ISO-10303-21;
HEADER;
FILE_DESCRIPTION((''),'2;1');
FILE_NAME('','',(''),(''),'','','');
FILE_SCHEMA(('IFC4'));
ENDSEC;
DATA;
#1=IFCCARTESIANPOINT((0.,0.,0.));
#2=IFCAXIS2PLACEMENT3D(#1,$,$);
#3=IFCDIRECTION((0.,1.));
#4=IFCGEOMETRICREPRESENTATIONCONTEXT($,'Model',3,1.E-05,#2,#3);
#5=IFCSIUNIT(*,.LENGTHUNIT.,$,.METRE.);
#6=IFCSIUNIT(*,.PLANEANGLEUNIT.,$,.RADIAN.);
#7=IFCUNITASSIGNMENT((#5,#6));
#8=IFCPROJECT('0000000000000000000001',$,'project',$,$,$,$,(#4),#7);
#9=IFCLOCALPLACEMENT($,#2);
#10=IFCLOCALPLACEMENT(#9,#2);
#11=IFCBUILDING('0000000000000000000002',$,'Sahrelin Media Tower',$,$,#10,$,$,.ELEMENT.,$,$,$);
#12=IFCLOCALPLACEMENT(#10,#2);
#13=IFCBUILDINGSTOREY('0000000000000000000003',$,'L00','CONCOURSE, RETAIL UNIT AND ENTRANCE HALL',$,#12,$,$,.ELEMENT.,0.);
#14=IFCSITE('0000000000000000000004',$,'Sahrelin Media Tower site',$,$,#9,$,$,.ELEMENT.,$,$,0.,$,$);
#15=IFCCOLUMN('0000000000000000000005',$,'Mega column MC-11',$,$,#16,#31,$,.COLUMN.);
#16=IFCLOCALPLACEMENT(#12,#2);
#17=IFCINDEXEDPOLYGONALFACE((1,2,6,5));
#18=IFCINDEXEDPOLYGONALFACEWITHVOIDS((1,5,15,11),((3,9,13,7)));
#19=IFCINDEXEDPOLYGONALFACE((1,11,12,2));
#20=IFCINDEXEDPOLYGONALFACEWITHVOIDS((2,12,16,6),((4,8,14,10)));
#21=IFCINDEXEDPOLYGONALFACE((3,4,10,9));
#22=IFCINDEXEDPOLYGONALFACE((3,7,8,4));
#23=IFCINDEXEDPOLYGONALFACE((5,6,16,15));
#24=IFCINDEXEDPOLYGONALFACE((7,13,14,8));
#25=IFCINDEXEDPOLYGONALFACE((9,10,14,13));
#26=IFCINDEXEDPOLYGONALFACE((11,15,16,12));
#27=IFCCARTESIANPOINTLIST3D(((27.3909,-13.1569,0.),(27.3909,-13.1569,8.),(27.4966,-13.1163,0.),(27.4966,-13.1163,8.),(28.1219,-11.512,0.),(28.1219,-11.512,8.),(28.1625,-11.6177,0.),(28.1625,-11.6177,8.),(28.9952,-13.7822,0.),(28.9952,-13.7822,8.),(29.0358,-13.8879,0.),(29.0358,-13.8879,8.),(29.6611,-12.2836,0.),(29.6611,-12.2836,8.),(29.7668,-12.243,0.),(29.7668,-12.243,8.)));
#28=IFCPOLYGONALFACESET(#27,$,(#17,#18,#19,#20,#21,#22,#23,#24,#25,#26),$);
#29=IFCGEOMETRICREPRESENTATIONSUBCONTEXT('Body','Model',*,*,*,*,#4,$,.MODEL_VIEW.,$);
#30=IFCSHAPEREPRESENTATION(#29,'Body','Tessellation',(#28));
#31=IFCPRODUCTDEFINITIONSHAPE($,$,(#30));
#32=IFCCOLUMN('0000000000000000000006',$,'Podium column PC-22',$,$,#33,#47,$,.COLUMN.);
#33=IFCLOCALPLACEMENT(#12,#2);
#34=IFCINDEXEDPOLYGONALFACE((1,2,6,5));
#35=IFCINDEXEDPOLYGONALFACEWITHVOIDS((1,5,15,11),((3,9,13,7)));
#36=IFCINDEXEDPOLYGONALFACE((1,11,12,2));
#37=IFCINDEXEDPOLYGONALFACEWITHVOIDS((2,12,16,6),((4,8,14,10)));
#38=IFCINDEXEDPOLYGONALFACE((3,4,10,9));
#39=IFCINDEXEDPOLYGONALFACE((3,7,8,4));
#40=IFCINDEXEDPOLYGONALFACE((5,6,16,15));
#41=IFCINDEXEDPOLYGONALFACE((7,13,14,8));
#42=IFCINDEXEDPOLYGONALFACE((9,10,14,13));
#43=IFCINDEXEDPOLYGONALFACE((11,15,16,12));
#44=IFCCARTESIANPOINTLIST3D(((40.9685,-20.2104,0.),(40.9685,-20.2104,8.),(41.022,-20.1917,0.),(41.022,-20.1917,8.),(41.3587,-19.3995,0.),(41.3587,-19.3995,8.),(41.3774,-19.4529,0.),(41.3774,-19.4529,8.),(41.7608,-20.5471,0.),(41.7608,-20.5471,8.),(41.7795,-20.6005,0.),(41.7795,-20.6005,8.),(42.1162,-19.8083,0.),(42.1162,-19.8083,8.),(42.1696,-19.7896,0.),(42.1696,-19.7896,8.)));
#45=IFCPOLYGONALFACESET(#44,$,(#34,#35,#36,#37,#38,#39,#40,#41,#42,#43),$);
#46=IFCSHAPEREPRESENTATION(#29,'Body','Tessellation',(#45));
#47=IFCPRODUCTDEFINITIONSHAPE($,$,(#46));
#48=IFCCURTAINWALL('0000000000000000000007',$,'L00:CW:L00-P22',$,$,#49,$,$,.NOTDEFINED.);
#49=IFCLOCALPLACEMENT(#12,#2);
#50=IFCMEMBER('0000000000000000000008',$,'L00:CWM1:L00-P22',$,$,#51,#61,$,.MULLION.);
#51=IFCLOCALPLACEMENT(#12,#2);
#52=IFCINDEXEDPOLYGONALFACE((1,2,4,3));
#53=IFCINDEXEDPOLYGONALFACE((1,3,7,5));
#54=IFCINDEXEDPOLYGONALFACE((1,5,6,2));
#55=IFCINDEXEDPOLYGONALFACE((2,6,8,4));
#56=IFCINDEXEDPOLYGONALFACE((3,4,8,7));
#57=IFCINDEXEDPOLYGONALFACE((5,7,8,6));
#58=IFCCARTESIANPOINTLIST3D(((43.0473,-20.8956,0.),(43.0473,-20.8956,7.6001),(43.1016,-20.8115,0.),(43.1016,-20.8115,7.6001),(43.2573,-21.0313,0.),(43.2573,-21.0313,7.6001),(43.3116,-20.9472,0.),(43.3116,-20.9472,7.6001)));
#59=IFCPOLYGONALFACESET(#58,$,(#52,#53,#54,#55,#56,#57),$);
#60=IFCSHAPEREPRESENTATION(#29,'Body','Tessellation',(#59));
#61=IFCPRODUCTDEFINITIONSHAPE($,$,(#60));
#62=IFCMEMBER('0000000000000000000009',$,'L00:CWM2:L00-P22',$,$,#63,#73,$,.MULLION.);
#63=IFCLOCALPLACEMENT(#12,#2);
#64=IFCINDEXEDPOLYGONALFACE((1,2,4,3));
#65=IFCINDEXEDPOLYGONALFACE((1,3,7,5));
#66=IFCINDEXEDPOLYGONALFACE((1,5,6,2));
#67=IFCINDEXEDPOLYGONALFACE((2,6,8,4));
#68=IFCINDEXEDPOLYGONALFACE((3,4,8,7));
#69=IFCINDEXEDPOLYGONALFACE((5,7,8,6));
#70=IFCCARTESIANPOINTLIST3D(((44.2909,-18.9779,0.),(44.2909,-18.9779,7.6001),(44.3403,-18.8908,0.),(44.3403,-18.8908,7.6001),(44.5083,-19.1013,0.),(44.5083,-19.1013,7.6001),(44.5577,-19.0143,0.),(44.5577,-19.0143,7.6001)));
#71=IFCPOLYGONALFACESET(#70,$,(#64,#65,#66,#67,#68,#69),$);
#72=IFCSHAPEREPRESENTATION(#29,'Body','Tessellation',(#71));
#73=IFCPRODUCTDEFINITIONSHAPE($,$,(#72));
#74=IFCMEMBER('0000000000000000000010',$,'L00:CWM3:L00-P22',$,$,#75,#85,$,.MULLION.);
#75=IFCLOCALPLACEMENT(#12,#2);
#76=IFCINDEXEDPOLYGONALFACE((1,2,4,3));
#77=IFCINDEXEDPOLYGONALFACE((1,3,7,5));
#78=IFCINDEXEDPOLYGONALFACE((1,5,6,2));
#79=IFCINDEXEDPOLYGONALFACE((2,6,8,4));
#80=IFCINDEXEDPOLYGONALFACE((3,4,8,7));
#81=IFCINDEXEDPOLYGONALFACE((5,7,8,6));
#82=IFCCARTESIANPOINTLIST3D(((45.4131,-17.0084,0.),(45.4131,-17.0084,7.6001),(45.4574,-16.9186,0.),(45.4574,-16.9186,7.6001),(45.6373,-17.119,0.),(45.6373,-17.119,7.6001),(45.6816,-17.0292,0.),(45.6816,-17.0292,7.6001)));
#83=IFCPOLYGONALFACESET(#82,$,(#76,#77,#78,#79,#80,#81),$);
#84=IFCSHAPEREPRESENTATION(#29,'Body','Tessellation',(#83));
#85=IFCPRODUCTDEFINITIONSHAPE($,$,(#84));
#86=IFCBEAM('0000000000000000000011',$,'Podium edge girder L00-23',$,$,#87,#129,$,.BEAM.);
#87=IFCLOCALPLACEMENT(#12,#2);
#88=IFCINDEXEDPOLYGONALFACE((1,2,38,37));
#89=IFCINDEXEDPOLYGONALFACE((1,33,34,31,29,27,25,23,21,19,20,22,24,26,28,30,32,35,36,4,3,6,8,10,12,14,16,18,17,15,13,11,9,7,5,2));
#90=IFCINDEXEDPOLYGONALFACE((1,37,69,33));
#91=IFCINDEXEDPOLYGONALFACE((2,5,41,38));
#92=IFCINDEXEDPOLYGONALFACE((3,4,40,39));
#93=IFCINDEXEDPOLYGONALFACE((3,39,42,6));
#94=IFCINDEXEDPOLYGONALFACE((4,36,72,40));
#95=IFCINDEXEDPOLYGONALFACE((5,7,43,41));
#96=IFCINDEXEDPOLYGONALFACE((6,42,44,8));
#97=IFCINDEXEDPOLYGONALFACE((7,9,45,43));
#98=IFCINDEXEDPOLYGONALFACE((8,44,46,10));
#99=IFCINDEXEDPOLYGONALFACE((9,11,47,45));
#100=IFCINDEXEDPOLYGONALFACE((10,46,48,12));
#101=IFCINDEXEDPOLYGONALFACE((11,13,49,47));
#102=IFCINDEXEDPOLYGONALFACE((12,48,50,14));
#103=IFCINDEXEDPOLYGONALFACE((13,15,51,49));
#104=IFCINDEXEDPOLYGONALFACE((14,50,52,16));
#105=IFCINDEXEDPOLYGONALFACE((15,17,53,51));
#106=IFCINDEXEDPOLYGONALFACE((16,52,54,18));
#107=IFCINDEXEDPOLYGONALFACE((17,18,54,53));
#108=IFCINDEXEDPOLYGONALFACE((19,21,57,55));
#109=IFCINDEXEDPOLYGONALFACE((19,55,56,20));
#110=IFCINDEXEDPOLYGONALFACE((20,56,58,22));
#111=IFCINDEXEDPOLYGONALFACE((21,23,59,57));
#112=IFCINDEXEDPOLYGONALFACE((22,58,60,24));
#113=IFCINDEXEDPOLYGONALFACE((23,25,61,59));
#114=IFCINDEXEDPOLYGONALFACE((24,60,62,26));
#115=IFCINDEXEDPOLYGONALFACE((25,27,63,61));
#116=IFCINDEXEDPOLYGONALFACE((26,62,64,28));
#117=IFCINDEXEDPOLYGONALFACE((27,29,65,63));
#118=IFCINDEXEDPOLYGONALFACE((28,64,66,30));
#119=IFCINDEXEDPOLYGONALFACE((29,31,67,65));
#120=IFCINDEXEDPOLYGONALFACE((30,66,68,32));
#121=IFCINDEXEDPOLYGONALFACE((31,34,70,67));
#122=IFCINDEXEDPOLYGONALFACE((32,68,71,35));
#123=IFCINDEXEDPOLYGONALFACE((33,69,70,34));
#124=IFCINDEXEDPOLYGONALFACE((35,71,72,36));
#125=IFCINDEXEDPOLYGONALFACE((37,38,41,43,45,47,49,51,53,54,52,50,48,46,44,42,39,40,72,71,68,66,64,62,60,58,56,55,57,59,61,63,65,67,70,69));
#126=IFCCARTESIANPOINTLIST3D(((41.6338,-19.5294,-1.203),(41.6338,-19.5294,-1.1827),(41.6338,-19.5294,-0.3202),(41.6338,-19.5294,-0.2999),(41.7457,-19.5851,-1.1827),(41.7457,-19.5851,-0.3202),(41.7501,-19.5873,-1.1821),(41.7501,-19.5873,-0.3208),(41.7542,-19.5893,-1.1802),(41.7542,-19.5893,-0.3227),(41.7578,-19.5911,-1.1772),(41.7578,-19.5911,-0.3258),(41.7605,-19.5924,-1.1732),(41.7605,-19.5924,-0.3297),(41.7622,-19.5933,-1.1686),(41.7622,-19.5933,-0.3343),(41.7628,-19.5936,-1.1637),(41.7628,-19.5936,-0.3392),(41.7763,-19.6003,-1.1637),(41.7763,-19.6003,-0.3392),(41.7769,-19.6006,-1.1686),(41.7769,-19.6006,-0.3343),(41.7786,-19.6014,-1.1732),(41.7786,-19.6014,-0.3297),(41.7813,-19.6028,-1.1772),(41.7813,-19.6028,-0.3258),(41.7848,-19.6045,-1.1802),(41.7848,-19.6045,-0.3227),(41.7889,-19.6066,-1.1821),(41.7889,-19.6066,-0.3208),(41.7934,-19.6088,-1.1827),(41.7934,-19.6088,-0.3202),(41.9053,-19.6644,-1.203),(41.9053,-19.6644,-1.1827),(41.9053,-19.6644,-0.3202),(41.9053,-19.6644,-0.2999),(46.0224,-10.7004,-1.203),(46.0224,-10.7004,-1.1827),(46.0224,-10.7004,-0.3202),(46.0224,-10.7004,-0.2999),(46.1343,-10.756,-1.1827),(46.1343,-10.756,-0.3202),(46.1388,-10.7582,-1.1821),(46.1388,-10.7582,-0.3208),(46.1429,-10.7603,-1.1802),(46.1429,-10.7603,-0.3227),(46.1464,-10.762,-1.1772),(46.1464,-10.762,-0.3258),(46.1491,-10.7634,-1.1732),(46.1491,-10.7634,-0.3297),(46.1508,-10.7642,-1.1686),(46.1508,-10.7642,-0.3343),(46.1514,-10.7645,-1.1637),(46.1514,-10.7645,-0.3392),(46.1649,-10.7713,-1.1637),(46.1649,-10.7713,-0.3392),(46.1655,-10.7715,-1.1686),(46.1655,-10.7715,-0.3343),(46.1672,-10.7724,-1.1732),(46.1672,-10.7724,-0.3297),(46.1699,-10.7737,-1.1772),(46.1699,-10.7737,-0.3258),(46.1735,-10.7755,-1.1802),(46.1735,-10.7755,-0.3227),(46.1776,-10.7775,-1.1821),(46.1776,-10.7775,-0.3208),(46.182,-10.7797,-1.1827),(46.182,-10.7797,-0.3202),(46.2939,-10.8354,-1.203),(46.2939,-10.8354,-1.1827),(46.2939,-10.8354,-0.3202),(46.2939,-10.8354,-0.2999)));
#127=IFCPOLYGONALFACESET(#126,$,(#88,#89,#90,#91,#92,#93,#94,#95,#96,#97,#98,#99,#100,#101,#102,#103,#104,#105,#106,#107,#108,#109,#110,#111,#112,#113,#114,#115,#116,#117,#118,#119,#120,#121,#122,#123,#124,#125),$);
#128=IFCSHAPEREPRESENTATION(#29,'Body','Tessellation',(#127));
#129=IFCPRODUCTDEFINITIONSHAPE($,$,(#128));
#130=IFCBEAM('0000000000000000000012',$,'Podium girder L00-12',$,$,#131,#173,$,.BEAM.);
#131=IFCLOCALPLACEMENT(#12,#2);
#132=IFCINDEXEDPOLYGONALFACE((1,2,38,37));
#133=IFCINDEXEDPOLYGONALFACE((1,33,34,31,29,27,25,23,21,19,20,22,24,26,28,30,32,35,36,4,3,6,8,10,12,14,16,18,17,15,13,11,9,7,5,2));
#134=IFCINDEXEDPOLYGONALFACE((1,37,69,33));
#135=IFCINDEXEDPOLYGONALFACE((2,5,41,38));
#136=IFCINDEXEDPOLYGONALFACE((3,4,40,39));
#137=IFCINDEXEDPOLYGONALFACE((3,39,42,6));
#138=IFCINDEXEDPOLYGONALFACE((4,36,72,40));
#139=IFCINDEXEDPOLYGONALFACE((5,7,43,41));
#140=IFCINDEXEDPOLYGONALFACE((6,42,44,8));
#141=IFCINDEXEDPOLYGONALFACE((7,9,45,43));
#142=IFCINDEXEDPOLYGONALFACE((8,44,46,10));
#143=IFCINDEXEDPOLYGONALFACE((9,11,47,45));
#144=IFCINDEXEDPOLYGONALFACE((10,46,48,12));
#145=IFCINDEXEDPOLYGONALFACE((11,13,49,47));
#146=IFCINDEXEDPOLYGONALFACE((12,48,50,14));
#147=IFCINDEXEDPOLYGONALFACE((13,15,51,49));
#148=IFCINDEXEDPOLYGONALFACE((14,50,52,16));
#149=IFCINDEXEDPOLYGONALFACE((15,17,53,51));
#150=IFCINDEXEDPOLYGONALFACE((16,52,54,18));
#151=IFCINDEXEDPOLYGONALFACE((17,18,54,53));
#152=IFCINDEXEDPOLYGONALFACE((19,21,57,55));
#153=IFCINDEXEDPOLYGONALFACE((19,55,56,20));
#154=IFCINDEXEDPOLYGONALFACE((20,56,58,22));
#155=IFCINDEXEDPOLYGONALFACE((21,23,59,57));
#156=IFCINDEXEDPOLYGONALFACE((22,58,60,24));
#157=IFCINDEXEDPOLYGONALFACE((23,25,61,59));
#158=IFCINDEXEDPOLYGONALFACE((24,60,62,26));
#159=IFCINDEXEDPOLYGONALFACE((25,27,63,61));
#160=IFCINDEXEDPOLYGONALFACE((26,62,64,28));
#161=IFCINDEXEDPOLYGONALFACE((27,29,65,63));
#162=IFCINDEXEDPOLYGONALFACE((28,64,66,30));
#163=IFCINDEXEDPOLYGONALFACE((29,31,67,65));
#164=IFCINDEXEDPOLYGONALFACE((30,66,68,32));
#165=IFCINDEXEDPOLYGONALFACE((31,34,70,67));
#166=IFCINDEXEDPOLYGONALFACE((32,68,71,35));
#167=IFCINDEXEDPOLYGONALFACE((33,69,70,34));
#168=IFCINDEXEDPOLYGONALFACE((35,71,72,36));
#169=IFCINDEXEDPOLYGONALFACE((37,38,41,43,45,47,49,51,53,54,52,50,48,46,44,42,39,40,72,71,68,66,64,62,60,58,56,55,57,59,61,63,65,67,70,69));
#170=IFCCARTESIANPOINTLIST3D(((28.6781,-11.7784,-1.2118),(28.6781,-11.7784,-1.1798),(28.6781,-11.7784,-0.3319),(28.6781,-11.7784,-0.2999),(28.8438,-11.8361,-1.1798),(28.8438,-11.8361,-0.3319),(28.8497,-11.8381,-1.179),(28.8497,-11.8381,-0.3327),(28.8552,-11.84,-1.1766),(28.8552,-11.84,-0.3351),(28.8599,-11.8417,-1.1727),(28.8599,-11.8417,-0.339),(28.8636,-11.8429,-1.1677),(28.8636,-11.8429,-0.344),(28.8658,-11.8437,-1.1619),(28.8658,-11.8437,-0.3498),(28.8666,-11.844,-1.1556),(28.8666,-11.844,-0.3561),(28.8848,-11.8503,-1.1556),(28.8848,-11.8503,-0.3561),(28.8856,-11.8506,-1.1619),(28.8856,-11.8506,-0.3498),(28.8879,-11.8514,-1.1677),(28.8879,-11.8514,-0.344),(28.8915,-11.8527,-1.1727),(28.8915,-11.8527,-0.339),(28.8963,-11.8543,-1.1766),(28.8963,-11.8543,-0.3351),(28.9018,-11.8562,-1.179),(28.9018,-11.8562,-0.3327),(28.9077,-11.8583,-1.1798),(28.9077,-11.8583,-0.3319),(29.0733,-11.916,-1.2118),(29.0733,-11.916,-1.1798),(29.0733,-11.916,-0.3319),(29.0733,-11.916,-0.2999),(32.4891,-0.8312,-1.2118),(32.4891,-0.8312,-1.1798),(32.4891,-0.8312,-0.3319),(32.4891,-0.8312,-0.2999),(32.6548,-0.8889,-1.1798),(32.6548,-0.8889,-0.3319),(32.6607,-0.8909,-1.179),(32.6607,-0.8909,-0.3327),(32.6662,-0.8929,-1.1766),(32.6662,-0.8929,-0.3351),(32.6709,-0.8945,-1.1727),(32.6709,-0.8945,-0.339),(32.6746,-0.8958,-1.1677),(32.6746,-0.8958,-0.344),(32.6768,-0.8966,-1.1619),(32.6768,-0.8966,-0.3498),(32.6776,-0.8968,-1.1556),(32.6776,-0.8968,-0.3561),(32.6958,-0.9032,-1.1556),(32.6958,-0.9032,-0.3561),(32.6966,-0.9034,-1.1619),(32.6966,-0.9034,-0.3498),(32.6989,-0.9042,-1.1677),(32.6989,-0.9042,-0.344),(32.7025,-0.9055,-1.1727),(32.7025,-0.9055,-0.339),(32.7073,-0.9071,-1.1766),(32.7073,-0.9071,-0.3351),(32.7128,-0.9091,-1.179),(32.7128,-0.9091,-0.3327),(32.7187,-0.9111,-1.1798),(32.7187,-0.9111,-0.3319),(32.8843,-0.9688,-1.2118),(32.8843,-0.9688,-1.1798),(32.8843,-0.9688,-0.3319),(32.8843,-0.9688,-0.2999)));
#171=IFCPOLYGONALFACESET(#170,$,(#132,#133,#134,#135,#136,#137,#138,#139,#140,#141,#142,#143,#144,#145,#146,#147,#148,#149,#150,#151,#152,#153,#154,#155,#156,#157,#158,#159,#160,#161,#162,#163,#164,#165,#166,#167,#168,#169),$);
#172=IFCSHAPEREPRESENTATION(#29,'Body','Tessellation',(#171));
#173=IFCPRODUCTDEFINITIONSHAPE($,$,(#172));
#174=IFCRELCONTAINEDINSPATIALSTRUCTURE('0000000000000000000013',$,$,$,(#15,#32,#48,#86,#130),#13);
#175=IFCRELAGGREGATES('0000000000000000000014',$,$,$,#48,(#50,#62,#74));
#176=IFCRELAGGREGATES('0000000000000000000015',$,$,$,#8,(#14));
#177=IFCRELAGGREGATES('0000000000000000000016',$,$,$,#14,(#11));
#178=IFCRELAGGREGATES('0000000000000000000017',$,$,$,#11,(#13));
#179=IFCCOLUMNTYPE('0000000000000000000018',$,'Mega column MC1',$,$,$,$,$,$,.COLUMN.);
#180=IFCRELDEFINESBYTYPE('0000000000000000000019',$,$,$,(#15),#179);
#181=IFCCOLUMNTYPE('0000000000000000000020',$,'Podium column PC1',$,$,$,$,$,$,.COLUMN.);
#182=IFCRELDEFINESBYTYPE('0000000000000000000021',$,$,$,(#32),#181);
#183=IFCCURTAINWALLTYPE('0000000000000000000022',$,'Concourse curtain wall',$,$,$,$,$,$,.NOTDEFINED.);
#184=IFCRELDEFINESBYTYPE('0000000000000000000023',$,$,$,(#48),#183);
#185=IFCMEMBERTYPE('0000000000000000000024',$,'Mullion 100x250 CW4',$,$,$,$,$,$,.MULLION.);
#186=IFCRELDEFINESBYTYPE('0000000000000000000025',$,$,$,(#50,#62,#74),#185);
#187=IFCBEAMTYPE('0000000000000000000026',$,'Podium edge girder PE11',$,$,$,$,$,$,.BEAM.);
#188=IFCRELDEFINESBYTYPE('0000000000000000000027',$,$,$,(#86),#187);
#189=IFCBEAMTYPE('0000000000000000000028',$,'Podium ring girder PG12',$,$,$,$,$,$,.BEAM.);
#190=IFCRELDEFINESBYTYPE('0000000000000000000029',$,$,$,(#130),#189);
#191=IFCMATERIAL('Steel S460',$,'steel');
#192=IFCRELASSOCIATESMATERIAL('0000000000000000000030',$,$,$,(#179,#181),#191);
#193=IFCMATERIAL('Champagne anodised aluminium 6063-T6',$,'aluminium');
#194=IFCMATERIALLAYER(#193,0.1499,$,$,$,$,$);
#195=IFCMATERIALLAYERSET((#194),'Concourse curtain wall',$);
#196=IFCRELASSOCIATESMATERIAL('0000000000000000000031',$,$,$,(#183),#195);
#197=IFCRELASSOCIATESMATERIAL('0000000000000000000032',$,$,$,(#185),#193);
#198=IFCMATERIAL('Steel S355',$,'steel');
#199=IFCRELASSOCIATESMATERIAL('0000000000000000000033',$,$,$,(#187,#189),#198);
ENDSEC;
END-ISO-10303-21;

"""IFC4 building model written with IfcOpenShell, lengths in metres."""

from ifc_helpers import new_model, si_unit, direction, frame, origin, origin_2d, place, context, subcontext, project, spatial, rectangle, hollow_rectangle, i_section, extrude, material, layer, layer_set, material_profile, profile_set, type_object, element, aggregate, save


model = new_model("IFC4")

# Units and contexts
model_context = context("Model", 3, precision=1e-05, world=origin(), true_north=direction((0.0, 1.0)))
body_context = subcontext(model_context, "Body", "Model", "MODEL_VIEW")
ifc_project = project(units=[si_unit("LENGTHUNIT", "METRE"), si_unit("PLANEANGLEUNIT", "RADIAN")], contexts=[model_context])

# Site, building, storey
site_placement = place(None, origin())
site = spatial("IfcSite", under=ifc_project, at=site_placement, Name="Sahrelin Media Tower site", CompositionType="ELEMENT", RefElevation=0.0)
building_placement = place(site_placement, origin())
building = spatial("IfcBuilding", under=site, at=building_placement, Name="Sahrelin Media Tower", CompositionType="ELEMENT")
storey_placement = place(building_placement, origin())
storey = spatial("IfcBuildingStorey", under=building, at=storey_placement, Name="L00", Description="CONCOURSE, RETAIL UNIT AND ENTRANCE HALL", CompositionType="ELEMENT", Elevation=0.0)

# Columns
ifc_material_1 = material(Name="Steel S460", Category="steel")
ifc_material_profile_1 = material_profile(ifc_material_1, hollow_rectangle(XDim=1.8, YDim=1.8, WallThickness=0.0801, at=origin_2d()), Name="Mega column MC1")
ifc_profile_set_1 = profile_set([ifc_material_profile_1], Name="Steel S460")
column_type_1 = type_object("IfcColumnType", Name="Mega column MC1", PredefinedType="COLUMN", material=ifc_profile_set_1)
column_1_placement = place(storey_placement, frame((28.5789, -12.7, 0.0), z_axis=(0.0, 0.0, 1.0), x_axis=(0.913831, -0.406094, 0.0)))
element("IfcColumn", 1, at=column_1_placement, inside=storey, type_object=column_type_1, Name="Mega column MC-11", PredefinedType="COLUMN", context=body_context, shape_type="SweptSolid", body=[
    extrude(hollow_rectangle(XDim=1.8, YDim=1.8, WallThickness=0.0801, at=origin_2d()), origin(), (0.0, 0.0, 1.0), 8.0),
])
ifc_material_profile_2 = material_profile(ifc_material_1, hollow_rectangle(XDim=0.8999, YDim=0.8999, WallThickness=0.04, at=origin_2d()), Name="Podium column PC1")
ifc_profile_set_2 = profile_set([ifc_material_profile_2], Name="Steel S460")
column_type_2 = type_object("IfcColumnType", Name="Podium column PC1", PredefinedType="COLUMN", material=ifc_profile_set_2)
column_2_placement = place(storey_placement, frame((41.5691, -20.0, 0.0), z_axis=(0.0, 0.0, 1.0), x_axis=(0.901127, -0.433555, 0.0)))
element("IfcColumn", 2, at=column_2_placement, inside=storey, type_object=column_type_2, Name="Podium column PC-22", PredefinedType="COLUMN", context=body_context, shape_type="SweptSolid", body=[
    extrude(hollow_rectangle(XDim=0.8999, YDim=0.8999, WallThickness=0.04, at=origin_2d()), origin(), (0.0, 0.0, 1.0), 8.0),
])

# Curtain wall, members
ifc_material_2 = material(Name="Champagne anodised aluminium 6063-T6", Category="aluminium")
ifc_layer_1 = layer(ifc_material_2, 0.1499)
ifc_layer_set_1 = layer_set([ifc_layer_1], Name="Concourse curtain wall")
curtain_wall_type = type_object("IfcCurtainWallType", Name="Concourse curtain wall", PredefinedType="NOTDEFINED", material=ifc_layer_set_1)
curtain_wall_placement = place(storey_placement, frame((43.3013, -21.0, 0.0), z_axis=(0.0, 0.0, 1.0), x_axis=(1.0, 0.0, 0.0)))
curtain_wall = element("IfcCurtainWall", 3, at=curtain_wall_placement, inside=storey, type_object=curtain_wall_type, Name="L00:CW:L00-P22", PredefinedType="NOTDEFINED")
ifc_material_profile_3 = material_profile(ifc_material_2, rectangle(XDim=0.1001, YDim=0.25, at=origin_2d()), Name="Mullion 100x250")
ifc_profile_set_3 = profile_set([ifc_material_profile_3], Name="Champagne anodised aluminium 6063-T6")
member_type_1 = type_object("IfcMemberType", Name="Mullion 100x250 CW4", PredefinedType="MULLION", material=ifc_profile_set_3)
member_1_placement = place(storey_placement, frame((43.1794, -20.9214, 0.0), z_axis=(0.0, 0.0, 1.0), x_axis=(0.54283, 0.839843, 0.0)))
member_1 = element("IfcMember", 4, at=member_1_placement, type_object=member_type_1, Name="L00:CWM1:L00-P22", PredefinedType="MULLION", context=body_context, shape_type="SweptSolid", body=[
    extrude(rectangle(XDim=0.1001, YDim=0.25, at=origin_2d()), origin(), (0.0, 0.0, 1.0), 7.6001),
])
member_2_placement = place(storey_placement, frame((44.4243, -18.9961, 0.0), z_axis=(0.0, 0.0, 1.0), x_axis=(0.493787, 0.869583, 0.0)))
member_2 = element("IfcMember", 5, at=member_2_placement, type_object=member_type_1, Name="L00:CWM2:L00-P22", PredefinedType="MULLION", context=body_context, shape_type="SweptSolid", body=[
    extrude(rectangle(XDim=0.1001, YDim=0.25, at=origin_2d()), origin(), (0.0, 0.0, 1.0), 7.6001),
])
member_3_placement = place(storey_placement, frame((45.5474, -17.0188, 0.0), z_axis=(0.0, 0.0, 1.0), x_axis=(0.442262, 0.896886, 0.0)))
member_3 = element("IfcMember", 6, at=member_3_placement, type_object=member_type_1, Name="L00:CWM3:L00-P22", PredefinedType="MULLION", context=body_context, shape_type="SweptSolid", body=[
    extrude(rectangle(XDim=0.1001, YDim=0.25, at=origin_2d()), origin(), (0.0, 0.0, 1.0), 7.6001),
])

# Beams
ifc_material_3 = material(Name="Steel S355", Category="steel")
ifc_material_profile_4 = material_profile(ifc_material_3, i_section(OverallWidth=0.3032, OverallDepth=0.9031, WebThickness=0.0151, FlangeThickness=0.0203, FilletRadius=0.019, at=origin_2d()), Name="UB 914x305x201")
ifc_profile_set_4 = profile_set([ifc_material_profile_4], Name="Steel S355")
beam_type_1 = type_object("IfcBeamType", Name="Podium edge girder PE11", PredefinedType="BEAM", material=ifc_profile_set_4)
beam_1_placement = place(storey_placement, frame((41.7695, -19.5969, -0.7515), z_axis=(0.445113, 0.895475, 0.0), x_axis=(-0.895475, 0.445113, 0.0)))
element("IfcBeam", 7, at=beam_1_placement, inside=storey, type_object=beam_type_1, Name="Podium edge girder L00-23", PredefinedType="BEAM", context=body_context, shape_type="SweptSolid", body=[
    extrude(i_section(OverallWidth=0.3032, OverallDepth=0.9031, WebThickness=0.0151, FlangeThickness=0.0203, FilletRadius=0.019, at=origin_2d()), origin(), (0.0, 0.0, 1.0), 9.8596),
])
ifc_material_profile_5 = material_profile(ifc_material_3, i_section(OverallWidth=0.4185, OverallDepth=0.9119, WebThickness=0.0193, FlangeThickness=0.032, FilletRadius=0.0242, at=origin_2d()), Name="UB 914x419x343")
ifc_profile_set_5 = profile_set([ifc_material_profile_5], Name="Steel S355")
beam_type_2 = type_object("IfcBeamType", Name="Podium ring girder PG12", PredefinedType="BEAM", material=ifc_profile_set_5)
beam_2_placement = place(storey_placement, frame((28.8757, -11.8472, -0.7559), z_axis=(0.328774, 0.944409, 0.0), x_axis=(-0.944409, 0.328774, 0.0)))
element("IfcBeam", 8, at=beam_2_placement, inside=storey, type_object=beam_type_2, Name="Podium girder L00-12", PredefinedType="BEAM", context=body_context, shape_type="SweptSolid", body=[
    extrude(i_section(OverallWidth=0.4185, OverallDepth=0.9119, WebThickness=0.0193, FlangeThickness=0.032, FilletRadius=0.0242, at=origin_2d()), origin(), (0.0, 0.0, 1.0), 11.5916),
])

aggregate(curtain_wall, [member_1, member_2, member_3])

save(model, "model.ifc")
